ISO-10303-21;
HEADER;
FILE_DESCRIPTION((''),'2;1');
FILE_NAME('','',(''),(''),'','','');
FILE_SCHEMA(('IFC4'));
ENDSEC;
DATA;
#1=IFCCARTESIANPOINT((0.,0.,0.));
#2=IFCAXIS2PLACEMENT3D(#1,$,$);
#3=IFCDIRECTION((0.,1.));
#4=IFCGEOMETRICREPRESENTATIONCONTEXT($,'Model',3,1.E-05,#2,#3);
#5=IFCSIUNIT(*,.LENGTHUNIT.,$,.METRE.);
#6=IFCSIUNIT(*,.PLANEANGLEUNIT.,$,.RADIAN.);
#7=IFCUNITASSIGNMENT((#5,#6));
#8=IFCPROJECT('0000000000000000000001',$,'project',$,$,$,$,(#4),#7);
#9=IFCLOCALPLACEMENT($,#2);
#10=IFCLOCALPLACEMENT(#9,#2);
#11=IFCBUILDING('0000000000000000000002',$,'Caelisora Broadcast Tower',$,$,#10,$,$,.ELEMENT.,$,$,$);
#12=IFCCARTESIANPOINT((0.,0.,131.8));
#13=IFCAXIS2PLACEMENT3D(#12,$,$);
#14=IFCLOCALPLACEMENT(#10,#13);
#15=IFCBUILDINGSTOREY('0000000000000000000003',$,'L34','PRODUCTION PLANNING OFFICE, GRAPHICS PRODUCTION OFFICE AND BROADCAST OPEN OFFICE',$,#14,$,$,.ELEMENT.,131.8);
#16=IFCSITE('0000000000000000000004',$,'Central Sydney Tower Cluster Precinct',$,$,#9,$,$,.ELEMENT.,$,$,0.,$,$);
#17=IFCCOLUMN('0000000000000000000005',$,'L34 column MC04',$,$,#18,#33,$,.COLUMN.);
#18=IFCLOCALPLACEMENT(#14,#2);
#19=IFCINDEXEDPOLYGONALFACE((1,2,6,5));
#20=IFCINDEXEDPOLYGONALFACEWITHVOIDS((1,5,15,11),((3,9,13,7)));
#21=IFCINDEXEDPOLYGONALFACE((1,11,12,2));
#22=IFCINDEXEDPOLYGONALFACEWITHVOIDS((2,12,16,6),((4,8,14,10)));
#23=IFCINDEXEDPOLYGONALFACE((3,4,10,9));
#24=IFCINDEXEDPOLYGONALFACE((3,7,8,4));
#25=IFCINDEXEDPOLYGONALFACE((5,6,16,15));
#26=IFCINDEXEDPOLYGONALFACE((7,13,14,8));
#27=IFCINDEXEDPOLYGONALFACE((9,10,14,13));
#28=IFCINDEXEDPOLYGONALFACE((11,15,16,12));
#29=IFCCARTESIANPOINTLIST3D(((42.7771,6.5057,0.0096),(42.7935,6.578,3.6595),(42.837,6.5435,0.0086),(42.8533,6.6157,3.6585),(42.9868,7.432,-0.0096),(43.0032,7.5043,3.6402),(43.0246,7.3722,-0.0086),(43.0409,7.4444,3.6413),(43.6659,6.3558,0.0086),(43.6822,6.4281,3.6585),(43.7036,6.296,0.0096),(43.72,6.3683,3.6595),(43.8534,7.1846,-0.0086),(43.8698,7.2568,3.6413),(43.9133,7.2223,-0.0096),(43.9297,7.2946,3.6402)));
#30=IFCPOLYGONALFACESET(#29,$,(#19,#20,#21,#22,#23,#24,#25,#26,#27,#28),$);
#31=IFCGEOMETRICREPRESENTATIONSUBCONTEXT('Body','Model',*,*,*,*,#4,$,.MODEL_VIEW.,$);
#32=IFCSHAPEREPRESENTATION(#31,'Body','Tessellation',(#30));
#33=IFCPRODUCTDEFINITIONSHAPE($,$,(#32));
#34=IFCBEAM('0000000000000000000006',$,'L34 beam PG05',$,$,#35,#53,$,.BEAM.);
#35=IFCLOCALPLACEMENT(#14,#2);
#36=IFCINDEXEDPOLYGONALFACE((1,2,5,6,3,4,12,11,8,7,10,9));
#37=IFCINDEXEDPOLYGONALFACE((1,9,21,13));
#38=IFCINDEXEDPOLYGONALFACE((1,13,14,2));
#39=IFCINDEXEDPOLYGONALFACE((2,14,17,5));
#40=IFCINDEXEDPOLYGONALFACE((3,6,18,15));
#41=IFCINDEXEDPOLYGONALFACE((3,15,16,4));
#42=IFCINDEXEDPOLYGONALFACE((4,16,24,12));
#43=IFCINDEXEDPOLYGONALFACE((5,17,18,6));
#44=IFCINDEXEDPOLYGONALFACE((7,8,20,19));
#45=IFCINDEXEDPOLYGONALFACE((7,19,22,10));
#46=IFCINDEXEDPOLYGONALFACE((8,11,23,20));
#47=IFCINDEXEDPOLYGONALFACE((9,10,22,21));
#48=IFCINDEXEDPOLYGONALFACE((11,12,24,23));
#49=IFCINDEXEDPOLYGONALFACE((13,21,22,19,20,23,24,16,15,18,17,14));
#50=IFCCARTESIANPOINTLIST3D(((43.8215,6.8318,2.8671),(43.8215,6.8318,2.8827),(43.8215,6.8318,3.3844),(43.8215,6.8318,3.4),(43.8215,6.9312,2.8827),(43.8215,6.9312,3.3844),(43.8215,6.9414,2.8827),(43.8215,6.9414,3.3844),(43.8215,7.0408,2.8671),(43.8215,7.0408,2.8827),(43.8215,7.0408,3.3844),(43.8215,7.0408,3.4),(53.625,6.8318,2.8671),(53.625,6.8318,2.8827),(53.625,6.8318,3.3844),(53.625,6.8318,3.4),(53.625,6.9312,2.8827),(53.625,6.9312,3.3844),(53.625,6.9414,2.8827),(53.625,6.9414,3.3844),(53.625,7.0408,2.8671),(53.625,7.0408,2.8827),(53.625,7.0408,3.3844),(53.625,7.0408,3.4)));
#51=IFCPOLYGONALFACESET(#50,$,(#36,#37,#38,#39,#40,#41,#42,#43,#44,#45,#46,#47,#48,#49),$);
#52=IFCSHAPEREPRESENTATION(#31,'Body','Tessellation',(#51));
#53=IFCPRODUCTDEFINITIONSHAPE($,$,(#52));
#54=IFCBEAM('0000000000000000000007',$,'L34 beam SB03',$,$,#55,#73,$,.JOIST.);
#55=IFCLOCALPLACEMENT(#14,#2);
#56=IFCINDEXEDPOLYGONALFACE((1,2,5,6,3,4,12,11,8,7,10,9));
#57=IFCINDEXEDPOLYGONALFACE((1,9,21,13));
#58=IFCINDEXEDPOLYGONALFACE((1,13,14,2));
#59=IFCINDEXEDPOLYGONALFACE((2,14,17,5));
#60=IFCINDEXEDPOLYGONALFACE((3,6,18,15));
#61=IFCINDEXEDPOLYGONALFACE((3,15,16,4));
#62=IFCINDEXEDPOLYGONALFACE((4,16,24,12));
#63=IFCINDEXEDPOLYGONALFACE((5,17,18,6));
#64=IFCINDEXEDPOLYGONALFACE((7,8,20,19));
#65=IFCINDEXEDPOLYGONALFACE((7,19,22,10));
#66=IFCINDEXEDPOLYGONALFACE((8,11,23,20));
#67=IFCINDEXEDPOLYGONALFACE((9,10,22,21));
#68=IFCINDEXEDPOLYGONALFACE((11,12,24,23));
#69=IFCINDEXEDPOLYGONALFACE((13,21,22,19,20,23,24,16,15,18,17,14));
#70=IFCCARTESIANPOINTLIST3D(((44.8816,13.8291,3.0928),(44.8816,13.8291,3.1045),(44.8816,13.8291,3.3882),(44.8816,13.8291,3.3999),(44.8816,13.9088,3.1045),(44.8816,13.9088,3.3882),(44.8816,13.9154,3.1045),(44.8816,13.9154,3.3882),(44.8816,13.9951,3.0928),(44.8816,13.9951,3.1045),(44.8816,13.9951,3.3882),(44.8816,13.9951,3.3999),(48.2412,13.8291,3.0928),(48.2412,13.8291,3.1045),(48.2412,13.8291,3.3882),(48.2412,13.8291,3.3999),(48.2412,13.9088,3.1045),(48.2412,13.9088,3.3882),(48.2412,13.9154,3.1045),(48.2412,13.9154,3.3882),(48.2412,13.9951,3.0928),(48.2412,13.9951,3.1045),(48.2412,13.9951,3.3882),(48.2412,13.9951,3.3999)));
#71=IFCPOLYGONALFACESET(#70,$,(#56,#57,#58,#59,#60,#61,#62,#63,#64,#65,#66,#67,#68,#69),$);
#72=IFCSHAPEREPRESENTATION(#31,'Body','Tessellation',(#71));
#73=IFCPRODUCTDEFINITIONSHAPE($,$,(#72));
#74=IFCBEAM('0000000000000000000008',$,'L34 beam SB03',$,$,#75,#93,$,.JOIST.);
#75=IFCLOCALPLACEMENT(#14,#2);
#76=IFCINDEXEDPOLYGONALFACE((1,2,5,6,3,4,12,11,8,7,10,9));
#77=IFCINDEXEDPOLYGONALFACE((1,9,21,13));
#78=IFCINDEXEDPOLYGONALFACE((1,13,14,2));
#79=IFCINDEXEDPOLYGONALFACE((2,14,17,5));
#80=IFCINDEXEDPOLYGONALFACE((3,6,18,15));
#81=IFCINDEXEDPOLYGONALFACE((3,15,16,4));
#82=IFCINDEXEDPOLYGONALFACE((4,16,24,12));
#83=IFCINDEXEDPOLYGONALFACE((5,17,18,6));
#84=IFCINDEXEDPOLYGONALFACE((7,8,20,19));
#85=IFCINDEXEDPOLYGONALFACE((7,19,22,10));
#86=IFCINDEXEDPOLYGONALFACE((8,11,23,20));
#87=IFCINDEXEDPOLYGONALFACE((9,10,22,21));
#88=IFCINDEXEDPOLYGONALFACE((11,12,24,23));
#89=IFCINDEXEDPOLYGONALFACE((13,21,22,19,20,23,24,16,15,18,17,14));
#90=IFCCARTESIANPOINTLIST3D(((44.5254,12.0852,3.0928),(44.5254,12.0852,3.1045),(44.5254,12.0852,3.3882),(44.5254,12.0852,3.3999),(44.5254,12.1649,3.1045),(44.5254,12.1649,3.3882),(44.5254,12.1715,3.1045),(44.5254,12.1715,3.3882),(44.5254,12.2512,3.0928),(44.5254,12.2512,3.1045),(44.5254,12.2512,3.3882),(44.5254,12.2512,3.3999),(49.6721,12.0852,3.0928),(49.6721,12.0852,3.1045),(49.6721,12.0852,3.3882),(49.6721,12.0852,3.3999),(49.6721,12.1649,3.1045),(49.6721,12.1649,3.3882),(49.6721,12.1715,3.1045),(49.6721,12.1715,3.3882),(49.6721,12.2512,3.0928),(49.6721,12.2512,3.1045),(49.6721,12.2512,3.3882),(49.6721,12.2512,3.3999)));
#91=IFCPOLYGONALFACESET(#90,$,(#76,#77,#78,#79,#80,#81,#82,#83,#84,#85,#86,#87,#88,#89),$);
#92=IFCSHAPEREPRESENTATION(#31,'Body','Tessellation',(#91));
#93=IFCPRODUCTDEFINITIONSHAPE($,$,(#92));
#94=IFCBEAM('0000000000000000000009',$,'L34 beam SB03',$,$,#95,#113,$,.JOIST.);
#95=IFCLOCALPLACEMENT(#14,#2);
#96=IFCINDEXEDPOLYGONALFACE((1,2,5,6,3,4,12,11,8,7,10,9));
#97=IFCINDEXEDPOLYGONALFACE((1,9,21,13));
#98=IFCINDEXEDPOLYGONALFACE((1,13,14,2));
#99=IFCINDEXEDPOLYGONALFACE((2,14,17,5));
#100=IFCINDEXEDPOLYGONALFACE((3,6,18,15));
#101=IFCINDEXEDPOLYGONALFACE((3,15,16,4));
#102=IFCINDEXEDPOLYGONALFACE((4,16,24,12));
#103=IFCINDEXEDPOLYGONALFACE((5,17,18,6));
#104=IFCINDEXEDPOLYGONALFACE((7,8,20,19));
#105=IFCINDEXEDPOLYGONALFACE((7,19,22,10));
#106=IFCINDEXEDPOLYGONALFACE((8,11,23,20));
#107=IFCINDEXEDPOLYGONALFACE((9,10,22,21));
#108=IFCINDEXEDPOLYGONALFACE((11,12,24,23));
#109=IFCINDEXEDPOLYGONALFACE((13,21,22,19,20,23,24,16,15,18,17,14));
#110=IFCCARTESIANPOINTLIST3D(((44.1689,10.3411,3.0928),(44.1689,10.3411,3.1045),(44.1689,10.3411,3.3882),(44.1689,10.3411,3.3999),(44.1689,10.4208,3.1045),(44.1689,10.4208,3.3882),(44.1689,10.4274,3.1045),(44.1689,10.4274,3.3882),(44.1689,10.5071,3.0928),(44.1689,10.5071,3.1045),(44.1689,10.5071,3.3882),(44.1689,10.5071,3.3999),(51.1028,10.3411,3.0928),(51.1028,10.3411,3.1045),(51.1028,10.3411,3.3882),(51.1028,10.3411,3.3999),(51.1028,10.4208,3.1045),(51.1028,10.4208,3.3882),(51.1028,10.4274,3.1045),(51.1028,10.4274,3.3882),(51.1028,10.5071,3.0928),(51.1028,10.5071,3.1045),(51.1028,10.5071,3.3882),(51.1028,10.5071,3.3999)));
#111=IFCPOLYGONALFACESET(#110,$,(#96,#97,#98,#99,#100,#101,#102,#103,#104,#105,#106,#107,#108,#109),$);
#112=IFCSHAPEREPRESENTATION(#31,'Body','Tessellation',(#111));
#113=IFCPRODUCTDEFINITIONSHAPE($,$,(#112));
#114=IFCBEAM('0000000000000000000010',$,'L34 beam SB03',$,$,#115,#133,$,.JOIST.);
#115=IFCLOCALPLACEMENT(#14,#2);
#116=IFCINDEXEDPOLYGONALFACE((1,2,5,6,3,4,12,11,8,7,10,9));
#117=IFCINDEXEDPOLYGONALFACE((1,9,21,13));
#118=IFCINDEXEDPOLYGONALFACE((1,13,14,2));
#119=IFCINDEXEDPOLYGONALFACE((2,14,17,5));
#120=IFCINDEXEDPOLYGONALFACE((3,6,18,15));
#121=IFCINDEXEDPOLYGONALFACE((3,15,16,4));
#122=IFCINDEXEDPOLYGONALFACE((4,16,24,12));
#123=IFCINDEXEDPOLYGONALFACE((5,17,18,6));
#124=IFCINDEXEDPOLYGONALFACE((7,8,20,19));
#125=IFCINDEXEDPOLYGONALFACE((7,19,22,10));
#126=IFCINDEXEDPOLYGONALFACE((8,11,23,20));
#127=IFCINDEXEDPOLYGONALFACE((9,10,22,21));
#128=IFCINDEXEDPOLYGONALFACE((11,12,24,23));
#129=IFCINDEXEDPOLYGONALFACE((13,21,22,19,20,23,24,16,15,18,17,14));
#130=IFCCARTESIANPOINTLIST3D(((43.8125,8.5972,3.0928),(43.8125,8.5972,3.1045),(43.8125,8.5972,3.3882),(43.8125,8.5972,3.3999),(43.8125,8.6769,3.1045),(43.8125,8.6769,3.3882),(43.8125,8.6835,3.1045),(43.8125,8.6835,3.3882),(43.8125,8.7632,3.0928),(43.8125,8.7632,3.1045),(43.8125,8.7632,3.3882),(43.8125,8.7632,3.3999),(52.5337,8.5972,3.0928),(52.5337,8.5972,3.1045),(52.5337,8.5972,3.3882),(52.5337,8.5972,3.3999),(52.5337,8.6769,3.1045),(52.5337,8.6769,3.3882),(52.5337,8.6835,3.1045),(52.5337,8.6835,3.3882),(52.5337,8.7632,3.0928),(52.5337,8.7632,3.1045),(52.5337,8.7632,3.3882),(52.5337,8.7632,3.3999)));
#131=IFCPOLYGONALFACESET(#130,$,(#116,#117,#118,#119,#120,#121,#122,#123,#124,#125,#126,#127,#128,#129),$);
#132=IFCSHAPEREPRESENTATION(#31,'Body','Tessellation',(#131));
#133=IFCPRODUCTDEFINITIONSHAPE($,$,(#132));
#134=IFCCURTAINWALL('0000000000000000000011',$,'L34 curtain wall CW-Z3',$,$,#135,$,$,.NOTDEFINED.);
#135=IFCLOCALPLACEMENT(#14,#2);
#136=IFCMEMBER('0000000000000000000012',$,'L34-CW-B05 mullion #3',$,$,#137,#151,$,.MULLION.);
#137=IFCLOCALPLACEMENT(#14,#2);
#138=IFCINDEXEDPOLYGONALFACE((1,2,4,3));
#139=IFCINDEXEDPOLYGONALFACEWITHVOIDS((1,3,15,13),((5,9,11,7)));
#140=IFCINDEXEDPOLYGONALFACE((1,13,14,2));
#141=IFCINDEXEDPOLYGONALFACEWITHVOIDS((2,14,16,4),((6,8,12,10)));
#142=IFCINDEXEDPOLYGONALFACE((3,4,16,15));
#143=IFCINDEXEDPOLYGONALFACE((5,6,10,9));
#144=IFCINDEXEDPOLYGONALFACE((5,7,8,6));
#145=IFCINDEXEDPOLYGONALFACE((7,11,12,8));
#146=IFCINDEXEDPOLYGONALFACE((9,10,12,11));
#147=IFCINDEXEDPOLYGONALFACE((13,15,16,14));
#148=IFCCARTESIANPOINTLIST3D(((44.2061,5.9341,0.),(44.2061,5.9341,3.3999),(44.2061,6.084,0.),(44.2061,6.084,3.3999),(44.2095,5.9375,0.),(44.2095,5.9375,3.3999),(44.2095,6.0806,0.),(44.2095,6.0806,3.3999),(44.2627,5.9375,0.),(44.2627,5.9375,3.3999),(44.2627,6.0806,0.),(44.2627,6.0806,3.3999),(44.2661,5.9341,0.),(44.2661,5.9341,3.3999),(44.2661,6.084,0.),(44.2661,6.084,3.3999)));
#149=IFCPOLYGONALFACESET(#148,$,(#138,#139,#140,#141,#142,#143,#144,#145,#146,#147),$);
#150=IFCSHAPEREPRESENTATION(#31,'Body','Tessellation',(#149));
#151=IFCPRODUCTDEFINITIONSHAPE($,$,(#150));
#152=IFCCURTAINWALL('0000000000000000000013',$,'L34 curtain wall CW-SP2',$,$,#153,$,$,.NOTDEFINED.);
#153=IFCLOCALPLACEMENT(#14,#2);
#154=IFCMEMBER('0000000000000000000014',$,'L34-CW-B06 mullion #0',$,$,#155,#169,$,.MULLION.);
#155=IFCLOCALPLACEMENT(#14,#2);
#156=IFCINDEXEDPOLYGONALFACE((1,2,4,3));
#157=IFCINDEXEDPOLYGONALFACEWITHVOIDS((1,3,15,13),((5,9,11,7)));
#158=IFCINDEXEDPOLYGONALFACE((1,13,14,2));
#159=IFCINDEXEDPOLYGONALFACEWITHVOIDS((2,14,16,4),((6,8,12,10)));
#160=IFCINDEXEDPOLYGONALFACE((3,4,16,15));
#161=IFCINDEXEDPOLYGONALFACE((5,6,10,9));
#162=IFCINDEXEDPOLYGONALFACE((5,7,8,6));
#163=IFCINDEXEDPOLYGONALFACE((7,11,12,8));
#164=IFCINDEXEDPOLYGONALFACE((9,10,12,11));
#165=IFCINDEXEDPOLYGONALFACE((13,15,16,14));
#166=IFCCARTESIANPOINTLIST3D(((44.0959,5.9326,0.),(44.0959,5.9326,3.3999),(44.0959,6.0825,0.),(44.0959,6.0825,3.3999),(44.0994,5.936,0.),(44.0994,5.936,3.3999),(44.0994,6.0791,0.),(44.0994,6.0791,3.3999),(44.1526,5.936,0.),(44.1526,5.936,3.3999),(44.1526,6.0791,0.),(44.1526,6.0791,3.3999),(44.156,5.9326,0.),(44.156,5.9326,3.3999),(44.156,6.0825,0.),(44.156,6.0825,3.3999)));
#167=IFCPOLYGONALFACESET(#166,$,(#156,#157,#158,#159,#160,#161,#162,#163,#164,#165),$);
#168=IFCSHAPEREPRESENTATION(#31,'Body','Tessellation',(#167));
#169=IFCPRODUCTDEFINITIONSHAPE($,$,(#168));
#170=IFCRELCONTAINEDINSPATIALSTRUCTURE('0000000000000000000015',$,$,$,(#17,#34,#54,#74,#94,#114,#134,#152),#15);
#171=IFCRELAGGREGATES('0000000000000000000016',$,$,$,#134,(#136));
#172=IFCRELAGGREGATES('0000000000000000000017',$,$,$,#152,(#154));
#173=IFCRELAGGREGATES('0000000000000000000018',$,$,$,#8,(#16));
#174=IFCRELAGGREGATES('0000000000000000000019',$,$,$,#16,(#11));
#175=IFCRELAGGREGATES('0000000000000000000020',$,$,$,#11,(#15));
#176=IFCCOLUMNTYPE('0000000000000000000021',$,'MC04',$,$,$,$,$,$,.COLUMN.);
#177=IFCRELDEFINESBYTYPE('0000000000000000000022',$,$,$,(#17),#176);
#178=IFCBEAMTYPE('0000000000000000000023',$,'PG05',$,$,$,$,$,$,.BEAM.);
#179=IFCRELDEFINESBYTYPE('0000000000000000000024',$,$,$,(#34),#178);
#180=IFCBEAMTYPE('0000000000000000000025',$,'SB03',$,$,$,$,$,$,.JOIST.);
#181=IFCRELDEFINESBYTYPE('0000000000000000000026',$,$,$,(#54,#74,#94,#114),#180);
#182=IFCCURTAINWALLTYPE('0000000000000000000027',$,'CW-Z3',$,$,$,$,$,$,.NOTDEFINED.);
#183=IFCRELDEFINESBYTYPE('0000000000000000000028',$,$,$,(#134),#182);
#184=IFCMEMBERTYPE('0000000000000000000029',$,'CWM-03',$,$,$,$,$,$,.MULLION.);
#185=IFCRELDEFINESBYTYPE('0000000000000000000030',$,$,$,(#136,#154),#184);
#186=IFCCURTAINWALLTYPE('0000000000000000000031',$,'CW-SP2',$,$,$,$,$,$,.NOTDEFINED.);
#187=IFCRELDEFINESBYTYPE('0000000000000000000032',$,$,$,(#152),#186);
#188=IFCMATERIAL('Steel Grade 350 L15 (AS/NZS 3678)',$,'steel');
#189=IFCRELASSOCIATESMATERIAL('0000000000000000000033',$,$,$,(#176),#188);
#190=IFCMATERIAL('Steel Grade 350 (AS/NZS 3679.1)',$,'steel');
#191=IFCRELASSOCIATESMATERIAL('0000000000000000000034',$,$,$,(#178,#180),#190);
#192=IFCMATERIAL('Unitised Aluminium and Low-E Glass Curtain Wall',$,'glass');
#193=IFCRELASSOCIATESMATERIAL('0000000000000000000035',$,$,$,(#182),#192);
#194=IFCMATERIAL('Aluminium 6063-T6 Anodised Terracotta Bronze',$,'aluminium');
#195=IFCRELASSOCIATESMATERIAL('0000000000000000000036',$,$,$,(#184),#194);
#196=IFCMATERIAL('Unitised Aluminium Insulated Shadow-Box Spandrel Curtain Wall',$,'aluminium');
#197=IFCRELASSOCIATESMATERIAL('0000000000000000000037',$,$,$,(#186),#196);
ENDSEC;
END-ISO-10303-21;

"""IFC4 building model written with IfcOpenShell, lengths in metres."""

from ifc_helpers import new_model, si_unit, direction, frame, origin, origin_2d, place, context, subcontext, project, spatial, hollow_rectangle, i_section, extrude, source, transform, mapped, material, material_profile, profile_set, type_object, type_shapes, element, aggregate, save


model = new_model("IFC4")

# Units and contexts
model_context = context("Model", 3, precision=1e-05, world=origin(), true_north=direction((0.0, 1.0)))
body_context = subcontext(model_context, "Body", "Model", "MODEL_VIEW")
ifc_project = project(units=[si_unit("LENGTHUNIT", "METRE"), si_unit("PLANEANGLEUNIT", "RADIAN")], contexts=[model_context])

# Site, building, storey
site_placement = place(None, origin())
site = spatial("IfcSite", under=ifc_project, at=site_placement, Name="Central Sydney Tower Cluster Precinct", CompositionType="ELEMENT", RefElevation=0.0)
building_placement = place(site_placement, origin())
building = spatial("IfcBuilding", under=site, at=building_placement, Name="Caelisora Broadcast Tower", CompositionType="ELEMENT")
storey_placement = place(building_placement, frame((0.0, 0.0, 131.8)))
storey = spatial("IfcBuildingStorey", under=building, at=storey_placement, Name="L34", Description="PRODUCTION PLANNING OFFICE, GRAPHICS PRODUCTION OFFICE AND BROADCAST OPEN OFFICE", CompositionType="ELEMENT", Elevation=131.8)

# Column
ifc_material_1 = material(Name="Steel Grade 350 L15 (AS/NZS 3678)", Category="steel")
ifc_material_profile_1 = material_profile(ifc_material_1, hollow_rectangle(XDim=0.95, YDim=0.95, WallThickness=0.05, at=origin_2d()), Name="Steel Grade 350 L15 (AS/NZS 3678)")
ifc_profile_set_1 = profile_set([ifc_material_profile_1], Name="Steel Grade 350 L15 (AS/NZS 3678)")
column_type = type_object("IfcColumnType", Name="MC04", PredefinedType="COLUMN", material=ifc_profile_set_1)
shared_shape_1 = source(origin(), body_context, "Body", "SweptSolid", [
    extrude(hollow_rectangle(XDim=0.95, YDim=0.95, WallThickness=0.05, at=origin_2d()), origin(), (0.0, 0.0, 1.0), 3.6506),
])
type_shapes(column_type, [shared_shape_1])
column_placement = place(storey_placement, frame((43.3452, 6.864, 0.0), z_axis=(0.004481, 0.019795, 0.999794), x_axis=(-0.975327, 0.220767, 0.0)))
element("IfcColumn", 1, at=column_placement, inside=storey, type_object=column_type, Name="L34 column MC04", PredefinedType="COLUMN", context=body_context, shape_type="MappedRepresentation", body=[
    mapped(shared_shape_1, transform((0.0, 0.0, 0.0), scale=1.0)),
])

# Beams
ifc_material_2 = material(Name="Steel Grade 350 (AS/NZS 3679.1)", Category="steel")
ifc_material_profile_2 = material_profile(ifc_material_2, i_section(OverallWidth=0.209, OverallDepth=0.533, WebThickness=0.0103, FlangeThickness=0.0156, at=origin_2d()), Name="Steel Grade 350 (AS/NZS 3679.1)")
ifc_profile_set_2 = profile_set([ifc_material_profile_2], Name="Steel Grade 350 (AS/NZS 3679.1)")
beam_type_1 = type_object("IfcBeamType", Name="PG05", PredefinedType="BEAM", material=ifc_profile_set_2)
shared_shape_2 = source(origin(), body_context, "Body", "SweptSolid", [
    extrude(i_section(OverallWidth=0.209, OverallDepth=0.533, WebThickness=0.0103, FlangeThickness=0.0156, at=origin_2d()), origin(), (0.0, 0.0, 1.0), 9.8035),
])
type_shapes(beam_type_1, [shared_shape_2])
beam_1_placement = place(storey_placement, frame((43.8215, 6.9363, 3.1335), z_axis=(1.0, 0.0, 0.0), x_axis=(0.0, 1.0, 0.0)))
element("IfcBeam", 2, at=beam_1_placement, inside=storey, type_object=beam_type_1, Name="L34 beam PG05", PredefinedType="BEAM", context=body_context, shape_type="MappedRepresentation", body=[
    mapped(shared_shape_2, transform((0.0, 0.0, 0.0), scale=1.0)),
])
ifc_material_profile_3 = material_profile(ifc_material_2, i_section(OverallWidth=0.166, OverallDepth=0.3071, WebThickness=0.0066, FlangeThickness=0.0117, at=origin_2d()), Name="Steel Grade 350 (AS/NZS 3679.1)")
ifc_profile_set_3 = profile_set([ifc_material_profile_3], Name="Steel Grade 350 (AS/NZS 3679.1)")
beam_type_2 = type_object("IfcBeamType", Name="SB03", PredefinedType="JOIST", material=ifc_profile_set_3)
shared_shape_3 = source(origin(), body_context, "Body", "SweptSolid", [
    extrude(i_section(OverallWidth=0.166, OverallDepth=0.3071, WebThickness=0.0066, FlangeThickness=0.0117, at=origin_2d()), origin(), (0.0, 0.0, 1.0), 3.3596),
])
beam_2_placement = place(storey_placement, frame((44.8816, 13.9121, 3.2463), z_axis=(1.0, 0.0, 0.0), x_axis=(0.0, 1.0, 0.0)))
element("IfcBeam", 3, at=beam_2_placement, inside=storey, type_object=beam_type_2, Name="L34 beam SB03", PredefinedType="JOIST", context=body_context, shape_type="MappedRepresentation", body=[
    mapped(shared_shape_3, transform((0.0, 0.0, 0.0), scale=1.0)),
])
shared_shape_4 = source(origin(), body_context, "Body", "SweptSolid", [
    extrude(i_section(OverallWidth=0.166, OverallDepth=0.3071, WebThickness=0.0066, FlangeThickness=0.0117, at=origin_2d()), origin(), (0.0, 0.0, 1.0), 5.1467),
])
beam_3_placement = place(storey_placement, frame((44.5254, 12.1682, 3.2463), z_axis=(1.0, 0.0, 0.0), x_axis=(0.0, 1.0, 0.0)))
element("IfcBeam", 4, at=beam_3_placement, inside=storey, type_object=beam_type_2, Name="L34 beam SB03", PredefinedType="JOIST", context=body_context, shape_type="MappedRepresentation", body=[
    mapped(shared_shape_4, transform((0.0, 0.0, 0.0), scale=1.0)),
])
shared_shape_5 = source(origin(), body_context, "Body", "SweptSolid", [
    extrude(i_section(OverallWidth=0.166, OverallDepth=0.3071, WebThickness=0.0066, FlangeThickness=0.0117, at=origin_2d()), origin(), (0.0, 0.0, 1.0), 6.9338),
])
beam_4_placement = place(storey_placement, frame((44.1689, 10.4241, 3.2463), z_axis=(1.0, 0.0, 0.0), x_axis=(0.0, 1.0, 0.0)))
element("IfcBeam", 5, at=beam_4_placement, inside=storey, type_object=beam_type_2, Name="L34 beam SB03", PredefinedType="JOIST", context=body_context, shape_type="MappedRepresentation", body=[
    mapped(shared_shape_5, transform((0.0, 0.0, 0.0), scale=1.0)),
])
shared_shape_6 = source(origin(), body_context, "Body", "SweptSolid", [
    extrude(i_section(OverallWidth=0.166, OverallDepth=0.3071, WebThickness=0.0066, FlangeThickness=0.0117, at=origin_2d()), origin(), (0.0, 0.0, 1.0), 8.7212),
])
type_shapes(beam_type_2, [shared_shape_3, shared_shape_4, shared_shape_5, shared_shape_6])
beam_5_placement = place(storey_placement, frame((43.8125, 8.6802, 3.2463), z_axis=(1.0, 0.0, 0.0), x_axis=(0.0, 1.0, 0.0)))
element("IfcBeam", 6, at=beam_5_placement, inside=storey, type_object=beam_type_2, Name="L34 beam SB03", PredefinedType="JOIST", context=body_context, shape_type="MappedRepresentation", body=[
    mapped(shared_shape_6, transform((0.0, 0.0, 0.0), scale=1.0)),
])

# Curtain wall, member
ifc_material_3 = material(Name="Unitised Aluminium and Low-E Glass Curtain Wall", Category="glass")
curtain_wall_type_1 = type_object("IfcCurtainWallType", Name="CW-Z3", PredefinedType="NOTDEFINED", material=ifc_material_3)
curtain_wall_1_placement = place(storey_placement, origin())
curtain_wall_1 = element("IfcCurtainWall", 7, at=curtain_wall_1_placement, inside=storey, type_object=curtain_wall_type_1, Name="L34 curtain wall CW-Z3", PredefinedType="NOTDEFINED")
ifc_material_4 = material(Name="Aluminium 6063-T6 Anodised Terracotta Bronze", Category="aluminium")
ifc_material_profile_4 = material_profile(ifc_material_4, hollow_rectangle(XDim=0.0601, YDim=0.1499, WallThickness=0.0034, at=origin_2d()), Name="Aluminium 6063-T6 Anodised Terracotta Bronze")
ifc_profile_set_4 = profile_set([ifc_material_profile_4], Name="Aluminium 6063-T6 Anodised Terracotta Bronze")
member_type_1 = type_object("IfcMemberType", Name="CWM-03", PredefinedType="MULLION", material=ifc_profile_set_4)
shared_shape_7 = source(origin(), body_context, "Body", "SweptSolid", [
    extrude(hollow_rectangle(XDim=0.0601, YDim=0.1499, WallThickness=0.0034, at=origin_2d()), origin(), (0.0, 0.0, 1.0), 3.3999),
])
type_shapes(member_type_1, [shared_shape_7])
member_1_placement = place(storey_placement, frame((44.2361, 6.009, 0.0), z_axis=(0.0, 0.0, 1.0), x_axis=(1.0, 0.0, 0.0)))
member_1 = element("IfcMember", 8, at=member_1_placement, type_object=member_type_1, Name="L34-CW-B05 mullion #3", PredefinedType="MULLION", context=body_context, shape_type="MappedRepresentation", body=[
    mapped(shared_shape_7, transform((0.0, 0.0, 0.0), scale=1.0)),
])
aggregate(curtain_wall_1, [member_1])

# Curtain wall, member
ifc_material_5 = material(Name="Unitised Aluminium Insulated Shadow-Box Spandrel Curtain Wall", Category="aluminium")
curtain_wall_type_2 = type_object("IfcCurtainWallType", Name="CW-SP2", PredefinedType="NOTDEFINED", material=ifc_material_5)
curtain_wall_2_placement = place(storey_placement, origin())
curtain_wall_2 = element("IfcCurtainWall", 9, at=curtain_wall_2_placement, inside=storey, type_object=curtain_wall_type_2, Name="L34 curtain wall CW-SP2", PredefinedType="NOTDEFINED")
member_2_placement = place(storey_placement, frame((44.126, 6.0076, 0.0), z_axis=(0.0, 0.0, 1.0), x_axis=(1.0, 0.0, 0.0)))
member_2 = element("IfcMember", 10, at=member_2_placement, type_object=member_type_1, Name="L34-CW-B06 mullion #0", PredefinedType="MULLION", context=body_context, shape_type="MappedRepresentation", body=[
    mapped(shared_shape_7, transform((0.0, 0.0, 0.0), scale=1.0)),
])

aggregate(curtain_wall_2, [member_2])

save(model, "model.ifc")
